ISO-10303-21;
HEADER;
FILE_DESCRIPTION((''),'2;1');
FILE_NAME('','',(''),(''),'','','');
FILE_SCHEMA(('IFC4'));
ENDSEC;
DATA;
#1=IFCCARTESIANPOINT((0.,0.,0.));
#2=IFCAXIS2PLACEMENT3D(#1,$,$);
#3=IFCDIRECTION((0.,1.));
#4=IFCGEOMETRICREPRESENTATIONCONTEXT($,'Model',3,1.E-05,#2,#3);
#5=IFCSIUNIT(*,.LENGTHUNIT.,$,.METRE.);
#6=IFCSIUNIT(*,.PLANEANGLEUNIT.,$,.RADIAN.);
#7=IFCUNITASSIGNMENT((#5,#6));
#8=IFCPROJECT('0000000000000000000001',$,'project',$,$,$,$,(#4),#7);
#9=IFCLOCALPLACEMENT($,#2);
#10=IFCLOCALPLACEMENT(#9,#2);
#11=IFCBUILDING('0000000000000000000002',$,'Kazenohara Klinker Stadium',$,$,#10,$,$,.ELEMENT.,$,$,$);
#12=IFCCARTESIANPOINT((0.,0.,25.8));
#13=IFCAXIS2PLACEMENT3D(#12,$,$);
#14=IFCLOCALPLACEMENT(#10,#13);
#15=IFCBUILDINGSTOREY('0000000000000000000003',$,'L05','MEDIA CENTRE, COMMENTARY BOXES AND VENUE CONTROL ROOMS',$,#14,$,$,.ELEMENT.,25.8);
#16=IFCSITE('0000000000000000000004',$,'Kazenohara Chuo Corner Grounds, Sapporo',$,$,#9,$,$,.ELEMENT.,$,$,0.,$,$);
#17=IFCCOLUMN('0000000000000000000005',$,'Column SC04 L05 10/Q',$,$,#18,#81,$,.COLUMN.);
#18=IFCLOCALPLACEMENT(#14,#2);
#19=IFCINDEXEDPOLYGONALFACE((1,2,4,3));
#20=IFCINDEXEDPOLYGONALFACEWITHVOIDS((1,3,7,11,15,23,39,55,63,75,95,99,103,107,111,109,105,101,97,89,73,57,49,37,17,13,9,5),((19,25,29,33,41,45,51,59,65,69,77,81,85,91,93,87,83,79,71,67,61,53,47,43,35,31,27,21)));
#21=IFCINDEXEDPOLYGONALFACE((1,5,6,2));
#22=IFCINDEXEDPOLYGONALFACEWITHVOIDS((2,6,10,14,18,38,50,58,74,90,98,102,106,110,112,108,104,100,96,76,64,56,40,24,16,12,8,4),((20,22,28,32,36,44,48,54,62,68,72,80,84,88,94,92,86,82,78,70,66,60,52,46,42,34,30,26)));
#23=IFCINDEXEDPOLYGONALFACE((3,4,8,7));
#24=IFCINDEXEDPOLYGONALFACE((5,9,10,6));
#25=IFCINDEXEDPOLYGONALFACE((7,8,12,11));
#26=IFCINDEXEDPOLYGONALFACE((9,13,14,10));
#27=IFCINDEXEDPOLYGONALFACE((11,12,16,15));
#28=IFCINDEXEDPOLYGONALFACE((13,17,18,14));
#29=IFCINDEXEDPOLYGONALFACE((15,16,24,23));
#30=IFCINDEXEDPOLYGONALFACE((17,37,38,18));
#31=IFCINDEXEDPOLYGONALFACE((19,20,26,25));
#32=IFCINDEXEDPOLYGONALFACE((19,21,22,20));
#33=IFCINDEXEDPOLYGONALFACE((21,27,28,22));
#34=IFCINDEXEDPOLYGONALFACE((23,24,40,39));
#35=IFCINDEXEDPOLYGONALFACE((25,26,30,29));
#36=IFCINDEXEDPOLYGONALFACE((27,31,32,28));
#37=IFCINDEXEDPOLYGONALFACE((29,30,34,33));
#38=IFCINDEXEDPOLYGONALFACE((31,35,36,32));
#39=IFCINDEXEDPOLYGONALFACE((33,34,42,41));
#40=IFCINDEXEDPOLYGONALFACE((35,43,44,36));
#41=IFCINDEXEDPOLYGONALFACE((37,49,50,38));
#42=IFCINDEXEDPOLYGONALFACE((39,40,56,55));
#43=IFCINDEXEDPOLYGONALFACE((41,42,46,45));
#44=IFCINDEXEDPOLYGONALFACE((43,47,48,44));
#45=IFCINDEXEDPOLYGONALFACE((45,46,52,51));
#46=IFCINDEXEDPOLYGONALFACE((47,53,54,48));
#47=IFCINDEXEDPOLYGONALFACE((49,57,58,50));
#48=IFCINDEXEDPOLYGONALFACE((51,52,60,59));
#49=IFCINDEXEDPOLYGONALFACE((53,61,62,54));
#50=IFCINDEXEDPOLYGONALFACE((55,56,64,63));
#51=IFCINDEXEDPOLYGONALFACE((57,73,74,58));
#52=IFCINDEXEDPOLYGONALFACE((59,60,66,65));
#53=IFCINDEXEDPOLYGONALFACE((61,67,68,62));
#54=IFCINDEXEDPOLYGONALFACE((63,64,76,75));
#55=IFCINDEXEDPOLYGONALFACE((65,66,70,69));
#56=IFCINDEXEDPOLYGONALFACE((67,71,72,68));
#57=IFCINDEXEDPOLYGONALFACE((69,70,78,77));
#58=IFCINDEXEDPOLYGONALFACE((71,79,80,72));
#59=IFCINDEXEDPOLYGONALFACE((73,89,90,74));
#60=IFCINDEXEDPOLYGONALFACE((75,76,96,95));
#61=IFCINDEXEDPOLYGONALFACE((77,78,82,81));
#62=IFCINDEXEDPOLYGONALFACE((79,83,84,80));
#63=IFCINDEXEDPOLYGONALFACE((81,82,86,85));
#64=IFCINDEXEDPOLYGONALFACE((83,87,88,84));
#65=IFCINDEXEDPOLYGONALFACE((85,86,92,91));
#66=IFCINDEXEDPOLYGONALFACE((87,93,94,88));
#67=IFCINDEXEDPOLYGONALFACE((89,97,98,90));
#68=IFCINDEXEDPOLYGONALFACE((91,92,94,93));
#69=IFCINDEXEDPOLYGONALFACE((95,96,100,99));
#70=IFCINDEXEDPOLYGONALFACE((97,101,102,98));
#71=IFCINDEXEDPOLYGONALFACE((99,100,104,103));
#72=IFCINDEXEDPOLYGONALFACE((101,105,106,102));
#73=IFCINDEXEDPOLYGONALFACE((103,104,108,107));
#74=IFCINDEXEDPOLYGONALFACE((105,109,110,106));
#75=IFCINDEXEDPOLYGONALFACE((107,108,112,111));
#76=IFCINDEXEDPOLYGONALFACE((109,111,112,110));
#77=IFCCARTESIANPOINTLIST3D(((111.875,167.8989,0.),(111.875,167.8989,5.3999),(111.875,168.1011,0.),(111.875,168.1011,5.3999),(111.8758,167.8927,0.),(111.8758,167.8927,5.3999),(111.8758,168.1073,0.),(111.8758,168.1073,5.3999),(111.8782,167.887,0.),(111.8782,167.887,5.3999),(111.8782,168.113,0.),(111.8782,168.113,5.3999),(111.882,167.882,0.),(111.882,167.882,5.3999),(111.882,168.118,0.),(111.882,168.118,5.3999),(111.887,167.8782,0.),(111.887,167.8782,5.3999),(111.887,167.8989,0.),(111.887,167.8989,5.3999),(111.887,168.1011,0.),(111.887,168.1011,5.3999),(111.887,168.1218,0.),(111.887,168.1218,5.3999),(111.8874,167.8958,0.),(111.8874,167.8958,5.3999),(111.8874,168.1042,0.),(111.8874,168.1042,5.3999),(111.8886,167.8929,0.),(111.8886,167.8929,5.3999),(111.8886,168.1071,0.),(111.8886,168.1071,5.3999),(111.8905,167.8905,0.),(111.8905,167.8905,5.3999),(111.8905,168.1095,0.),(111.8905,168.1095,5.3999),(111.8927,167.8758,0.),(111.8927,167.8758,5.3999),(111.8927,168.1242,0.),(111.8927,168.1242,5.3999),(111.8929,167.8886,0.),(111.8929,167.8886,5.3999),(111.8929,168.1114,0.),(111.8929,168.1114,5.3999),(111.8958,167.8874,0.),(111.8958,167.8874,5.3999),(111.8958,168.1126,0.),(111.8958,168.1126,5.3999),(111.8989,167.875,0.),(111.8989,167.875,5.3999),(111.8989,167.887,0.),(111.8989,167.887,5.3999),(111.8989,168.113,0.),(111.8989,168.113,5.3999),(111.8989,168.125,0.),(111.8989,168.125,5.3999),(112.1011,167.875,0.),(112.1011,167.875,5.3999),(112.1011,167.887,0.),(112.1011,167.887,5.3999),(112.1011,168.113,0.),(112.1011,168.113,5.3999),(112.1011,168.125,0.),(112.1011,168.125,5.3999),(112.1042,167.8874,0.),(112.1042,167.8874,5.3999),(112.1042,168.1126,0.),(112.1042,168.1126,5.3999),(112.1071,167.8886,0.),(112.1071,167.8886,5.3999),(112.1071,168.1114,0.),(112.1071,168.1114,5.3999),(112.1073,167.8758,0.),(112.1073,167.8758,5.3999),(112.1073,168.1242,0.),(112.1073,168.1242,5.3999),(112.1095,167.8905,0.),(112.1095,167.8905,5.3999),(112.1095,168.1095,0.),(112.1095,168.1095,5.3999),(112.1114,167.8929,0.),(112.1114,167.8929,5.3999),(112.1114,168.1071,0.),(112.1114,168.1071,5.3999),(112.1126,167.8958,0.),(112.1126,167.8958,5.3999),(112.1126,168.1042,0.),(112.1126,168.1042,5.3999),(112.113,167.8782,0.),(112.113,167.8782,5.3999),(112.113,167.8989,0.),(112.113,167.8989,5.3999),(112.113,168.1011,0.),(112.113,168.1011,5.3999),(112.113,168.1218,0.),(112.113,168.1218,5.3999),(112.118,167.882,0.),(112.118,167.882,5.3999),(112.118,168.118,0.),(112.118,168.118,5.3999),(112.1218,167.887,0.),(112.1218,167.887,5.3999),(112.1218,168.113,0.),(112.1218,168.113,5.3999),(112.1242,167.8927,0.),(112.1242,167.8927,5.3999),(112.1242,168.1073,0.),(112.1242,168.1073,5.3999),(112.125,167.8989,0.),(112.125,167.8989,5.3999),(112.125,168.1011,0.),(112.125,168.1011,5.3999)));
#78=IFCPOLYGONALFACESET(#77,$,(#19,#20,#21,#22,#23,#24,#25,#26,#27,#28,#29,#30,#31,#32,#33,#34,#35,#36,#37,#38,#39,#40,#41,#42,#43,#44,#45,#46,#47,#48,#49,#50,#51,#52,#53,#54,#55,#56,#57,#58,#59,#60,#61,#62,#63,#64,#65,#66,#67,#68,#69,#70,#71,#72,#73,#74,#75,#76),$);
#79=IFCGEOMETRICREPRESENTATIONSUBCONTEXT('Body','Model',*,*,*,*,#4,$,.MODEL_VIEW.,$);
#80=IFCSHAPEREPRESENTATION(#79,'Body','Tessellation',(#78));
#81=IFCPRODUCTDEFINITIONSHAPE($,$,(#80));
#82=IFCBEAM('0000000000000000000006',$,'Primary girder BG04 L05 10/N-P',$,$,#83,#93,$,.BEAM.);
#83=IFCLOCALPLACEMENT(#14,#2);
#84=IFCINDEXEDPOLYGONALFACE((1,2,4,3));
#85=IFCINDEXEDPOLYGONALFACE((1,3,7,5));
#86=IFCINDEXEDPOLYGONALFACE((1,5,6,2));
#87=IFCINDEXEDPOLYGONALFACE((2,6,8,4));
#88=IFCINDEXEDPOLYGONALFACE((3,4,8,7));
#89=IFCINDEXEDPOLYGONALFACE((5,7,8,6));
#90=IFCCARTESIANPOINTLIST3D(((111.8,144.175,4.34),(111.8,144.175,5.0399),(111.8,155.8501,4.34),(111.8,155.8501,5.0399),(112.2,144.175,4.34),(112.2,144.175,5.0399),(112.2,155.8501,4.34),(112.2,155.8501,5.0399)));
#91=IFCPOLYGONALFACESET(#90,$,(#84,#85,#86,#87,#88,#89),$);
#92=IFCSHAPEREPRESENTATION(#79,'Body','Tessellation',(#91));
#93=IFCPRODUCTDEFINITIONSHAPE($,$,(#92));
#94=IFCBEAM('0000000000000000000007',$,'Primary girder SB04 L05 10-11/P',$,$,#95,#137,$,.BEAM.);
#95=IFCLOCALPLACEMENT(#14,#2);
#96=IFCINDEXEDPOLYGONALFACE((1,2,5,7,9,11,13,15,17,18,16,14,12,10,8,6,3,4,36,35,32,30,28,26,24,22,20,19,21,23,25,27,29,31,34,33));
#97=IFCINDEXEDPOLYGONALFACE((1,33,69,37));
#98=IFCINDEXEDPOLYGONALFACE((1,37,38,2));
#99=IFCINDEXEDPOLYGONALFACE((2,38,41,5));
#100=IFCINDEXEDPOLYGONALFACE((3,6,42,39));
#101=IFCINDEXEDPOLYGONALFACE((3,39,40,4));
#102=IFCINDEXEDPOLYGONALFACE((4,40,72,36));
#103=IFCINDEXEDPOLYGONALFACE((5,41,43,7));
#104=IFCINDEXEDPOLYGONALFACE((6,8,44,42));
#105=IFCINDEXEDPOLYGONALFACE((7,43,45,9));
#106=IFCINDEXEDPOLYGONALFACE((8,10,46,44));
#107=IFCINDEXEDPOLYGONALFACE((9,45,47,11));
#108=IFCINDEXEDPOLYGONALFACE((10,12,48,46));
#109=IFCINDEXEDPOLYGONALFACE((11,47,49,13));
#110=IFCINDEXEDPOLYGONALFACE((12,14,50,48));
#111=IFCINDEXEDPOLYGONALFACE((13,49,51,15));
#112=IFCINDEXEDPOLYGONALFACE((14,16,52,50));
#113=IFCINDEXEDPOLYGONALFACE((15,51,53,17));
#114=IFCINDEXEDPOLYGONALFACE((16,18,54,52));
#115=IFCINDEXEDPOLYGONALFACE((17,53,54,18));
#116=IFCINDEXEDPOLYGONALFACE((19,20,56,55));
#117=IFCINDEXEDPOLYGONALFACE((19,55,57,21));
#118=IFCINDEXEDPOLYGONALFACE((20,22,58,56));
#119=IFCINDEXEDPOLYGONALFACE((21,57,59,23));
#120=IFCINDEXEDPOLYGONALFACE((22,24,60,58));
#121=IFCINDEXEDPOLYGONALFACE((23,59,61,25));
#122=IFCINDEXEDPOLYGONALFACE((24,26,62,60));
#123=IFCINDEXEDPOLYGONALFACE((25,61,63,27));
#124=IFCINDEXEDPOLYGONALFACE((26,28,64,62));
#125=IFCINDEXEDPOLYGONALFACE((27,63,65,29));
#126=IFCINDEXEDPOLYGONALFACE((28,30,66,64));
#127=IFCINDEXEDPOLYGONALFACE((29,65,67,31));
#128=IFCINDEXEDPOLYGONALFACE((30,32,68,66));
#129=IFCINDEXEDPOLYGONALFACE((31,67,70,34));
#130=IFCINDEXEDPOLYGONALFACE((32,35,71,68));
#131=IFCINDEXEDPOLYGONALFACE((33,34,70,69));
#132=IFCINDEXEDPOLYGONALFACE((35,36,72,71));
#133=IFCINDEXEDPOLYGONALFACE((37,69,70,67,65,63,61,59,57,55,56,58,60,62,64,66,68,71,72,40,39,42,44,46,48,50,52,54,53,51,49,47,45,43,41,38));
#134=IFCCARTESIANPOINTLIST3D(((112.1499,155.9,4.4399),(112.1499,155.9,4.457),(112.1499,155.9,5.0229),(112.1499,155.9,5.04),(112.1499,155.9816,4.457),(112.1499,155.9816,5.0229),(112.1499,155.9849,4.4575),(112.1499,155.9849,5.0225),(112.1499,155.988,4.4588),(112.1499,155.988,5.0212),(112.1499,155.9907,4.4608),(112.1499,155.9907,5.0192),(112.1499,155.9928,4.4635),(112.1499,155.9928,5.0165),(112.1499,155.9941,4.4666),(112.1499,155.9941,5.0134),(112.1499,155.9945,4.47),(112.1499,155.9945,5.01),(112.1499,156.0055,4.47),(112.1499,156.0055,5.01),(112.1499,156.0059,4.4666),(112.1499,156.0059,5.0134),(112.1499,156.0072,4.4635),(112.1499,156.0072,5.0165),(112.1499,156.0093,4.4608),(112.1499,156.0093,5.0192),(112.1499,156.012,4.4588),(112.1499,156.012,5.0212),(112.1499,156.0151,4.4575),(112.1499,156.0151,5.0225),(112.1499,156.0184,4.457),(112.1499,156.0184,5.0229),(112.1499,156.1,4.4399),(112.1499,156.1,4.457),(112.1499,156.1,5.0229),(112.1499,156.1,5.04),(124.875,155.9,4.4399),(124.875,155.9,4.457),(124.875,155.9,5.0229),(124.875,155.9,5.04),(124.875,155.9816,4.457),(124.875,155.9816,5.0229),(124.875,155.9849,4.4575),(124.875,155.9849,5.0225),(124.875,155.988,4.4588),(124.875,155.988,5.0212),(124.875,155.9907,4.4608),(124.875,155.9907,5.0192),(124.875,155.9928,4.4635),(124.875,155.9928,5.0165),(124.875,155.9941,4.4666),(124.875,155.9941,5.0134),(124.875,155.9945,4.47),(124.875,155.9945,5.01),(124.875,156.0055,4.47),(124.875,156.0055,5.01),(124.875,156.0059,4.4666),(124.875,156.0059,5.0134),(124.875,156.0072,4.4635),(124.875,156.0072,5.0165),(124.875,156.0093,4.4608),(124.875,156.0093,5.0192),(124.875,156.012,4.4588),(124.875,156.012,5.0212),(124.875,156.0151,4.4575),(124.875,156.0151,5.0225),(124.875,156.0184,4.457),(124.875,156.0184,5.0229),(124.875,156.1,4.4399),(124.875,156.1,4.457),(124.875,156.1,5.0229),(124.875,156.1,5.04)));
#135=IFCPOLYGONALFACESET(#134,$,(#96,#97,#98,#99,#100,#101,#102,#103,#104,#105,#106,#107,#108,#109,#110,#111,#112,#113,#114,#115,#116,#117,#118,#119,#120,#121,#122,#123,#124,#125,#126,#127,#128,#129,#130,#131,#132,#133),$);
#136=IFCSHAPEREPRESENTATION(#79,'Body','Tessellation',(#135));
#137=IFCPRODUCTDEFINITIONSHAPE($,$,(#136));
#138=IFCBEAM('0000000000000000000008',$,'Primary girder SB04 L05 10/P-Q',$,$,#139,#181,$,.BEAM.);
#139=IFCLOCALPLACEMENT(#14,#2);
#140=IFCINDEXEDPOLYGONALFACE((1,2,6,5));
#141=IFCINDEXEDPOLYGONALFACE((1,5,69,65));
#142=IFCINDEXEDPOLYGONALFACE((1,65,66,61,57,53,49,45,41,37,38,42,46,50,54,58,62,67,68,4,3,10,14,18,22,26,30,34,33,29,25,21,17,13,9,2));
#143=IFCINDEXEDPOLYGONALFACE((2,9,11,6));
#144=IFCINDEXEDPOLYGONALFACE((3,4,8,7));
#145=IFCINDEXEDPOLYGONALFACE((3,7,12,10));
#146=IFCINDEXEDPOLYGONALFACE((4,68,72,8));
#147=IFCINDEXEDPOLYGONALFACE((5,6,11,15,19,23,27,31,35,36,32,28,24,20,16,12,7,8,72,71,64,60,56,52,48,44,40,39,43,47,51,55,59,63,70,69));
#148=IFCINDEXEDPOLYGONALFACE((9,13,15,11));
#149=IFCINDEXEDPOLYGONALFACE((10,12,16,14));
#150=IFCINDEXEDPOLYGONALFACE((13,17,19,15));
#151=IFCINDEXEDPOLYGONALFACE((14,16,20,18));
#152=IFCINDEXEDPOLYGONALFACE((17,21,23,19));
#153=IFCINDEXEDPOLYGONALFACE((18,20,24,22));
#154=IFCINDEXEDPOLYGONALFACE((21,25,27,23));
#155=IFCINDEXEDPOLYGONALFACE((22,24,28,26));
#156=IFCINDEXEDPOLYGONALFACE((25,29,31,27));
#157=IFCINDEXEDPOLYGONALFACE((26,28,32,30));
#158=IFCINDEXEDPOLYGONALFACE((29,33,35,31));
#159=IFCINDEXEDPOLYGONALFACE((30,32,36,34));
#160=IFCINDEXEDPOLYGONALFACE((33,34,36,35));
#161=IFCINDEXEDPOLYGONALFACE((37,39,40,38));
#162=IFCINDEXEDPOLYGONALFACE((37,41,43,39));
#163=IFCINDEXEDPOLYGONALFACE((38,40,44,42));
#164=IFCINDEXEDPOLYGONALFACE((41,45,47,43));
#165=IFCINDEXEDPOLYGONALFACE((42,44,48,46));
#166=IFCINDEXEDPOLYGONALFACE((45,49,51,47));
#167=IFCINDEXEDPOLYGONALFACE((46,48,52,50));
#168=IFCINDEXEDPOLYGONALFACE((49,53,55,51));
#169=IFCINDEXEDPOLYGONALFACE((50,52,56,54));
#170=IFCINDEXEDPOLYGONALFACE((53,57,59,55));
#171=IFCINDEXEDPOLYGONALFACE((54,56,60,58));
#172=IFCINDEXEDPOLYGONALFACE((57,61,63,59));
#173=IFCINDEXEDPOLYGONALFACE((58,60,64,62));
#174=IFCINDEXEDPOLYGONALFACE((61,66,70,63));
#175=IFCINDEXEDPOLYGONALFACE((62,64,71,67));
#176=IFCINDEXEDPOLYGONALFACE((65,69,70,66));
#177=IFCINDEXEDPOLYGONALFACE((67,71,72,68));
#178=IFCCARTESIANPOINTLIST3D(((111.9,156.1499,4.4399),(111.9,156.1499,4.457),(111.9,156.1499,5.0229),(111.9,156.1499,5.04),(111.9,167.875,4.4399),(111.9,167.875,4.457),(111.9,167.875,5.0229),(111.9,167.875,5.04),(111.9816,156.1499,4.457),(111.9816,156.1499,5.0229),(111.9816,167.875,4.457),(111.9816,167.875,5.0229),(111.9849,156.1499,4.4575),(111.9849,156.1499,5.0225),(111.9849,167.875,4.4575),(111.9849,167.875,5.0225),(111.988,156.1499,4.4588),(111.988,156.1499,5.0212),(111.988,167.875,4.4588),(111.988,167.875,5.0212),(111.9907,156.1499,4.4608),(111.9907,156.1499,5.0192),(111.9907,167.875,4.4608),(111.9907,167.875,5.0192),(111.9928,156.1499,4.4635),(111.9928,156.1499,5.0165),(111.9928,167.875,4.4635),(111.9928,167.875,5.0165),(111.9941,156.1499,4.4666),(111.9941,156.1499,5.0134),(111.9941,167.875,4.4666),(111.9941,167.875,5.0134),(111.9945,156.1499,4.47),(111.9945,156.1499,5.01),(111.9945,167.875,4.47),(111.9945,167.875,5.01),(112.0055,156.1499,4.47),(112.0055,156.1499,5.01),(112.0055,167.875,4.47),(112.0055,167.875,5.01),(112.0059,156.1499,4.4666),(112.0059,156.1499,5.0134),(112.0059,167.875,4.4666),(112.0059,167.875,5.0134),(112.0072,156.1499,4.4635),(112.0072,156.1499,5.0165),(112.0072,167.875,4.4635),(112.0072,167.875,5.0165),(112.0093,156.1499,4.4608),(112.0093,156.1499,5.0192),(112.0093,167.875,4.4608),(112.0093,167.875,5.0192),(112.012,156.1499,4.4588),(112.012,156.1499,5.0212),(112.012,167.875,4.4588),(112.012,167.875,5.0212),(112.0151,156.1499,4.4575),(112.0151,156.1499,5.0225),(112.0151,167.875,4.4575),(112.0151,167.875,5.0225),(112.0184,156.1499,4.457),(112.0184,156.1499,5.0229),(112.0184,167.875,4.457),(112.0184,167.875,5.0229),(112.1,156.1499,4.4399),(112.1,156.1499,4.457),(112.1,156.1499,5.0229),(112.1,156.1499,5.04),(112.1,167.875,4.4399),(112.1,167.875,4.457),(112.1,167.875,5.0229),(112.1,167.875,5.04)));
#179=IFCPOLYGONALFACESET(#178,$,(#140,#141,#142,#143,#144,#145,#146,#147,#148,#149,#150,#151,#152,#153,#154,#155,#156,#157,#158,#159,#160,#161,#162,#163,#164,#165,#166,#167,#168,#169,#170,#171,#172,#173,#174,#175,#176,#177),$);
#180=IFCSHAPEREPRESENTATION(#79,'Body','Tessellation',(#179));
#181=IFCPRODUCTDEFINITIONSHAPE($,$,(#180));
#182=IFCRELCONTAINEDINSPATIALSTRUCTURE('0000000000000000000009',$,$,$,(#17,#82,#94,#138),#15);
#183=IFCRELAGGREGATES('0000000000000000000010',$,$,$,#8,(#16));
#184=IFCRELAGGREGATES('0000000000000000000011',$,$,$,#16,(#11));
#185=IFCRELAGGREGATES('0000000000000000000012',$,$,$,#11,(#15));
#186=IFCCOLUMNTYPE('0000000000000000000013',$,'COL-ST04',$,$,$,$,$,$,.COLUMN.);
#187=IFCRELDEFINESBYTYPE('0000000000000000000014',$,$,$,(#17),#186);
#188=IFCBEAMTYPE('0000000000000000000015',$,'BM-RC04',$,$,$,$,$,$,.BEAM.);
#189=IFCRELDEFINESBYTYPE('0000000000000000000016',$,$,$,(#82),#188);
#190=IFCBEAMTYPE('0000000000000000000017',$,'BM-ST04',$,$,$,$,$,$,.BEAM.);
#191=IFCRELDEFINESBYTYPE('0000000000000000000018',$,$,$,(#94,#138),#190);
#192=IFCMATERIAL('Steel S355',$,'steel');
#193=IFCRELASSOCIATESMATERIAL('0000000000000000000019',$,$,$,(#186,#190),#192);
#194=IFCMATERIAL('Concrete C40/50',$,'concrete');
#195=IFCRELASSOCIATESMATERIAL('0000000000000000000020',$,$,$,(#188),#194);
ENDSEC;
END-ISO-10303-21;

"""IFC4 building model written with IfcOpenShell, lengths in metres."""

from ifc_helpers import new_model, si_unit, direction, frame, origin, origin_2d, place, context, subcontext, project, spatial, rectangle, hollow_rectangle, i_section, extrude, material, material_profile, profile_set, type_object, element, save


model = new_model("IFC4")

# Units and contexts
model_context = context("Model", 3, precision=1e-05, world=origin(), true_north=direction((0.0, 1.0)))
body_context = subcontext(model_context, "Body", "Model", "MODEL_VIEW")
ifc_project = project(units=[si_unit("LENGTHUNIT", "METRE"), si_unit("PLANEANGLEUNIT", "RADIAN")], contexts=[model_context])

# Site, building, storey
site_placement = place(None, origin())
site = spatial("IfcSite", under=ifc_project, at=site_placement, Name="Kazenohara Chuo Corner Grounds, Sapporo", CompositionType="ELEMENT", RefElevation=0.0)
building_placement = place(site_placement, origin())
building = spatial("IfcBuilding", under=site, at=building_placement, Name="Kazenohara Klinker Stadium", CompositionType="ELEMENT")
storey_placement = place(building_placement, frame((0.0, 0.0, 25.8)))
storey = spatial("IfcBuildingStorey", under=building, at=storey_placement, Name="L05", Description="MEDIA CENTRE, COMMENTARY BOXES AND VENUE CONTROL ROOMS", CompositionType="ELEMENT", Elevation=25.8)

# Column
ifc_material_1 = material(Name="Steel S355", Category="steel")
ifc_material_profile_1 = material_profile(ifc_material_1, hollow_rectangle(XDim=0.25, YDim=0.25, WallThickness=0.012, InnerFilletRadius=0.012, OuterFilletRadius=0.0239, at=origin_2d()), Name="SHS-250x250x12")
ifc_profile_set_1 = profile_set([ifc_material_profile_1], Name="Steel S355")
column_type_1 = type_object("IfcColumnType", Name="COL-ST04", PredefinedType="COLUMN", material=ifc_profile_set_1)
column_1_placement = place(storey_placement, frame((112.0, 168.0, 0.0), z_axis=(0.0, 0.0, 1.0), x_axis=(1.0, 0.0, 0.0)))
element("IfcColumn", 1, at=column_1_placement, inside=storey, type_object=column_type_1, Name="Column SC04 L05 10/Q", PredefinedType="COLUMN", context=body_context, shape_type="SweptSolid", body=[
    extrude(hollow_rectangle(XDim=0.25, YDim=0.25, WallThickness=0.012, InnerFilletRadius=0.012, OuterFilletRadius=0.0239, at=origin_2d()), origin(), (0.0, 0.0, 1.0), 5.3999),
])

# Beams
ifc_material_2 = material(Name="Concrete C40/50", Category="concrete")
ifc_material_profile_2 = material_profile(ifc_material_2, rectangle(XDim=0.3999, YDim=0.7, at=origin_2d()), Name="RC-BM-400x700")
ifc_profile_set_2 = profile_set([ifc_material_profile_2], Name="Concrete C40/50")
beam_type_1 = type_object("IfcBeamType", Name="BM-RC04", PredefinedType="BEAM", material=ifc_profile_set_2)
beam_1_placement = place(storey_placement, frame((112.0, 144.175, 4.6899), z_axis=(0.0, 1.0, 0.0), x_axis=(-1.0, 0.0, 0.0)))
element("IfcBeam", 2, at=beam_1_placement, inside=storey, type_object=beam_type_1, Name="Primary girder BG04 L05 10/N-P", PredefinedType="BEAM", context=body_context, shape_type="SweptSolid", body=[
    extrude(rectangle(XDim=0.3999, YDim=0.7, at=origin_2d()), origin(), (0.0, 0.0, 1.0), 11.675),
])
ifc_material_profile_3 = material_profile(ifc_material_1, i_section(OverallWidth=0.2, OverallDepth=0.6001, WebThickness=0.011, FlangeThickness=0.0171, FilletRadius=0.0129, at=origin_2d()), Name="H-600x200x11x17")
ifc_profile_set_3 = profile_set([ifc_material_profile_3], Name="Steel S355")
beam_type_2 = type_object("IfcBeamType", Name="BM-ST04", PredefinedType="BEAM", material=ifc_profile_set_3)
beam_2_placement = place(storey_placement, frame((112.1499, 156.0, 4.74), z_axis=(1.0, 0.0, 0.0), x_axis=(0.0, 1.0, 0.0)))
element("IfcBeam", 3, at=beam_2_placement, inside=storey, type_object=beam_type_2, Name="Primary girder SB04 L05 10-11/P", PredefinedType="BEAM", context=body_context, shape_type="SweptSolid", body=[
    extrude(i_section(OverallWidth=0.2, OverallDepth=0.6001, WebThickness=0.011, FlangeThickness=0.0171, FilletRadius=0.0129, at=origin_2d()), origin(), (0.0, 0.0, 1.0), 12.7251),
])
beam_3_placement = place(storey_placement, frame((112.0, 156.1499, 4.74), z_axis=(0.0, 1.0, 0.0), x_axis=(-1.0, 0.0, 0.0)))
element("IfcBeam", 4, at=beam_3_placement, inside=storey, type_object=beam_type_2, Name="Primary girder SB04 L05 10/P-Q", PredefinedType="BEAM", context=body_context, shape_type="SweptSolid", body=[
    extrude(i_section(OverallWidth=0.2, OverallDepth=0.6001, WebThickness=0.011, FlangeThickness=0.0171, FilletRadius=0.0129, at=origin_2d()), origin(), (0.0, 0.0, 1.0), 11.7251),
])

save(model, "model.ifc")
